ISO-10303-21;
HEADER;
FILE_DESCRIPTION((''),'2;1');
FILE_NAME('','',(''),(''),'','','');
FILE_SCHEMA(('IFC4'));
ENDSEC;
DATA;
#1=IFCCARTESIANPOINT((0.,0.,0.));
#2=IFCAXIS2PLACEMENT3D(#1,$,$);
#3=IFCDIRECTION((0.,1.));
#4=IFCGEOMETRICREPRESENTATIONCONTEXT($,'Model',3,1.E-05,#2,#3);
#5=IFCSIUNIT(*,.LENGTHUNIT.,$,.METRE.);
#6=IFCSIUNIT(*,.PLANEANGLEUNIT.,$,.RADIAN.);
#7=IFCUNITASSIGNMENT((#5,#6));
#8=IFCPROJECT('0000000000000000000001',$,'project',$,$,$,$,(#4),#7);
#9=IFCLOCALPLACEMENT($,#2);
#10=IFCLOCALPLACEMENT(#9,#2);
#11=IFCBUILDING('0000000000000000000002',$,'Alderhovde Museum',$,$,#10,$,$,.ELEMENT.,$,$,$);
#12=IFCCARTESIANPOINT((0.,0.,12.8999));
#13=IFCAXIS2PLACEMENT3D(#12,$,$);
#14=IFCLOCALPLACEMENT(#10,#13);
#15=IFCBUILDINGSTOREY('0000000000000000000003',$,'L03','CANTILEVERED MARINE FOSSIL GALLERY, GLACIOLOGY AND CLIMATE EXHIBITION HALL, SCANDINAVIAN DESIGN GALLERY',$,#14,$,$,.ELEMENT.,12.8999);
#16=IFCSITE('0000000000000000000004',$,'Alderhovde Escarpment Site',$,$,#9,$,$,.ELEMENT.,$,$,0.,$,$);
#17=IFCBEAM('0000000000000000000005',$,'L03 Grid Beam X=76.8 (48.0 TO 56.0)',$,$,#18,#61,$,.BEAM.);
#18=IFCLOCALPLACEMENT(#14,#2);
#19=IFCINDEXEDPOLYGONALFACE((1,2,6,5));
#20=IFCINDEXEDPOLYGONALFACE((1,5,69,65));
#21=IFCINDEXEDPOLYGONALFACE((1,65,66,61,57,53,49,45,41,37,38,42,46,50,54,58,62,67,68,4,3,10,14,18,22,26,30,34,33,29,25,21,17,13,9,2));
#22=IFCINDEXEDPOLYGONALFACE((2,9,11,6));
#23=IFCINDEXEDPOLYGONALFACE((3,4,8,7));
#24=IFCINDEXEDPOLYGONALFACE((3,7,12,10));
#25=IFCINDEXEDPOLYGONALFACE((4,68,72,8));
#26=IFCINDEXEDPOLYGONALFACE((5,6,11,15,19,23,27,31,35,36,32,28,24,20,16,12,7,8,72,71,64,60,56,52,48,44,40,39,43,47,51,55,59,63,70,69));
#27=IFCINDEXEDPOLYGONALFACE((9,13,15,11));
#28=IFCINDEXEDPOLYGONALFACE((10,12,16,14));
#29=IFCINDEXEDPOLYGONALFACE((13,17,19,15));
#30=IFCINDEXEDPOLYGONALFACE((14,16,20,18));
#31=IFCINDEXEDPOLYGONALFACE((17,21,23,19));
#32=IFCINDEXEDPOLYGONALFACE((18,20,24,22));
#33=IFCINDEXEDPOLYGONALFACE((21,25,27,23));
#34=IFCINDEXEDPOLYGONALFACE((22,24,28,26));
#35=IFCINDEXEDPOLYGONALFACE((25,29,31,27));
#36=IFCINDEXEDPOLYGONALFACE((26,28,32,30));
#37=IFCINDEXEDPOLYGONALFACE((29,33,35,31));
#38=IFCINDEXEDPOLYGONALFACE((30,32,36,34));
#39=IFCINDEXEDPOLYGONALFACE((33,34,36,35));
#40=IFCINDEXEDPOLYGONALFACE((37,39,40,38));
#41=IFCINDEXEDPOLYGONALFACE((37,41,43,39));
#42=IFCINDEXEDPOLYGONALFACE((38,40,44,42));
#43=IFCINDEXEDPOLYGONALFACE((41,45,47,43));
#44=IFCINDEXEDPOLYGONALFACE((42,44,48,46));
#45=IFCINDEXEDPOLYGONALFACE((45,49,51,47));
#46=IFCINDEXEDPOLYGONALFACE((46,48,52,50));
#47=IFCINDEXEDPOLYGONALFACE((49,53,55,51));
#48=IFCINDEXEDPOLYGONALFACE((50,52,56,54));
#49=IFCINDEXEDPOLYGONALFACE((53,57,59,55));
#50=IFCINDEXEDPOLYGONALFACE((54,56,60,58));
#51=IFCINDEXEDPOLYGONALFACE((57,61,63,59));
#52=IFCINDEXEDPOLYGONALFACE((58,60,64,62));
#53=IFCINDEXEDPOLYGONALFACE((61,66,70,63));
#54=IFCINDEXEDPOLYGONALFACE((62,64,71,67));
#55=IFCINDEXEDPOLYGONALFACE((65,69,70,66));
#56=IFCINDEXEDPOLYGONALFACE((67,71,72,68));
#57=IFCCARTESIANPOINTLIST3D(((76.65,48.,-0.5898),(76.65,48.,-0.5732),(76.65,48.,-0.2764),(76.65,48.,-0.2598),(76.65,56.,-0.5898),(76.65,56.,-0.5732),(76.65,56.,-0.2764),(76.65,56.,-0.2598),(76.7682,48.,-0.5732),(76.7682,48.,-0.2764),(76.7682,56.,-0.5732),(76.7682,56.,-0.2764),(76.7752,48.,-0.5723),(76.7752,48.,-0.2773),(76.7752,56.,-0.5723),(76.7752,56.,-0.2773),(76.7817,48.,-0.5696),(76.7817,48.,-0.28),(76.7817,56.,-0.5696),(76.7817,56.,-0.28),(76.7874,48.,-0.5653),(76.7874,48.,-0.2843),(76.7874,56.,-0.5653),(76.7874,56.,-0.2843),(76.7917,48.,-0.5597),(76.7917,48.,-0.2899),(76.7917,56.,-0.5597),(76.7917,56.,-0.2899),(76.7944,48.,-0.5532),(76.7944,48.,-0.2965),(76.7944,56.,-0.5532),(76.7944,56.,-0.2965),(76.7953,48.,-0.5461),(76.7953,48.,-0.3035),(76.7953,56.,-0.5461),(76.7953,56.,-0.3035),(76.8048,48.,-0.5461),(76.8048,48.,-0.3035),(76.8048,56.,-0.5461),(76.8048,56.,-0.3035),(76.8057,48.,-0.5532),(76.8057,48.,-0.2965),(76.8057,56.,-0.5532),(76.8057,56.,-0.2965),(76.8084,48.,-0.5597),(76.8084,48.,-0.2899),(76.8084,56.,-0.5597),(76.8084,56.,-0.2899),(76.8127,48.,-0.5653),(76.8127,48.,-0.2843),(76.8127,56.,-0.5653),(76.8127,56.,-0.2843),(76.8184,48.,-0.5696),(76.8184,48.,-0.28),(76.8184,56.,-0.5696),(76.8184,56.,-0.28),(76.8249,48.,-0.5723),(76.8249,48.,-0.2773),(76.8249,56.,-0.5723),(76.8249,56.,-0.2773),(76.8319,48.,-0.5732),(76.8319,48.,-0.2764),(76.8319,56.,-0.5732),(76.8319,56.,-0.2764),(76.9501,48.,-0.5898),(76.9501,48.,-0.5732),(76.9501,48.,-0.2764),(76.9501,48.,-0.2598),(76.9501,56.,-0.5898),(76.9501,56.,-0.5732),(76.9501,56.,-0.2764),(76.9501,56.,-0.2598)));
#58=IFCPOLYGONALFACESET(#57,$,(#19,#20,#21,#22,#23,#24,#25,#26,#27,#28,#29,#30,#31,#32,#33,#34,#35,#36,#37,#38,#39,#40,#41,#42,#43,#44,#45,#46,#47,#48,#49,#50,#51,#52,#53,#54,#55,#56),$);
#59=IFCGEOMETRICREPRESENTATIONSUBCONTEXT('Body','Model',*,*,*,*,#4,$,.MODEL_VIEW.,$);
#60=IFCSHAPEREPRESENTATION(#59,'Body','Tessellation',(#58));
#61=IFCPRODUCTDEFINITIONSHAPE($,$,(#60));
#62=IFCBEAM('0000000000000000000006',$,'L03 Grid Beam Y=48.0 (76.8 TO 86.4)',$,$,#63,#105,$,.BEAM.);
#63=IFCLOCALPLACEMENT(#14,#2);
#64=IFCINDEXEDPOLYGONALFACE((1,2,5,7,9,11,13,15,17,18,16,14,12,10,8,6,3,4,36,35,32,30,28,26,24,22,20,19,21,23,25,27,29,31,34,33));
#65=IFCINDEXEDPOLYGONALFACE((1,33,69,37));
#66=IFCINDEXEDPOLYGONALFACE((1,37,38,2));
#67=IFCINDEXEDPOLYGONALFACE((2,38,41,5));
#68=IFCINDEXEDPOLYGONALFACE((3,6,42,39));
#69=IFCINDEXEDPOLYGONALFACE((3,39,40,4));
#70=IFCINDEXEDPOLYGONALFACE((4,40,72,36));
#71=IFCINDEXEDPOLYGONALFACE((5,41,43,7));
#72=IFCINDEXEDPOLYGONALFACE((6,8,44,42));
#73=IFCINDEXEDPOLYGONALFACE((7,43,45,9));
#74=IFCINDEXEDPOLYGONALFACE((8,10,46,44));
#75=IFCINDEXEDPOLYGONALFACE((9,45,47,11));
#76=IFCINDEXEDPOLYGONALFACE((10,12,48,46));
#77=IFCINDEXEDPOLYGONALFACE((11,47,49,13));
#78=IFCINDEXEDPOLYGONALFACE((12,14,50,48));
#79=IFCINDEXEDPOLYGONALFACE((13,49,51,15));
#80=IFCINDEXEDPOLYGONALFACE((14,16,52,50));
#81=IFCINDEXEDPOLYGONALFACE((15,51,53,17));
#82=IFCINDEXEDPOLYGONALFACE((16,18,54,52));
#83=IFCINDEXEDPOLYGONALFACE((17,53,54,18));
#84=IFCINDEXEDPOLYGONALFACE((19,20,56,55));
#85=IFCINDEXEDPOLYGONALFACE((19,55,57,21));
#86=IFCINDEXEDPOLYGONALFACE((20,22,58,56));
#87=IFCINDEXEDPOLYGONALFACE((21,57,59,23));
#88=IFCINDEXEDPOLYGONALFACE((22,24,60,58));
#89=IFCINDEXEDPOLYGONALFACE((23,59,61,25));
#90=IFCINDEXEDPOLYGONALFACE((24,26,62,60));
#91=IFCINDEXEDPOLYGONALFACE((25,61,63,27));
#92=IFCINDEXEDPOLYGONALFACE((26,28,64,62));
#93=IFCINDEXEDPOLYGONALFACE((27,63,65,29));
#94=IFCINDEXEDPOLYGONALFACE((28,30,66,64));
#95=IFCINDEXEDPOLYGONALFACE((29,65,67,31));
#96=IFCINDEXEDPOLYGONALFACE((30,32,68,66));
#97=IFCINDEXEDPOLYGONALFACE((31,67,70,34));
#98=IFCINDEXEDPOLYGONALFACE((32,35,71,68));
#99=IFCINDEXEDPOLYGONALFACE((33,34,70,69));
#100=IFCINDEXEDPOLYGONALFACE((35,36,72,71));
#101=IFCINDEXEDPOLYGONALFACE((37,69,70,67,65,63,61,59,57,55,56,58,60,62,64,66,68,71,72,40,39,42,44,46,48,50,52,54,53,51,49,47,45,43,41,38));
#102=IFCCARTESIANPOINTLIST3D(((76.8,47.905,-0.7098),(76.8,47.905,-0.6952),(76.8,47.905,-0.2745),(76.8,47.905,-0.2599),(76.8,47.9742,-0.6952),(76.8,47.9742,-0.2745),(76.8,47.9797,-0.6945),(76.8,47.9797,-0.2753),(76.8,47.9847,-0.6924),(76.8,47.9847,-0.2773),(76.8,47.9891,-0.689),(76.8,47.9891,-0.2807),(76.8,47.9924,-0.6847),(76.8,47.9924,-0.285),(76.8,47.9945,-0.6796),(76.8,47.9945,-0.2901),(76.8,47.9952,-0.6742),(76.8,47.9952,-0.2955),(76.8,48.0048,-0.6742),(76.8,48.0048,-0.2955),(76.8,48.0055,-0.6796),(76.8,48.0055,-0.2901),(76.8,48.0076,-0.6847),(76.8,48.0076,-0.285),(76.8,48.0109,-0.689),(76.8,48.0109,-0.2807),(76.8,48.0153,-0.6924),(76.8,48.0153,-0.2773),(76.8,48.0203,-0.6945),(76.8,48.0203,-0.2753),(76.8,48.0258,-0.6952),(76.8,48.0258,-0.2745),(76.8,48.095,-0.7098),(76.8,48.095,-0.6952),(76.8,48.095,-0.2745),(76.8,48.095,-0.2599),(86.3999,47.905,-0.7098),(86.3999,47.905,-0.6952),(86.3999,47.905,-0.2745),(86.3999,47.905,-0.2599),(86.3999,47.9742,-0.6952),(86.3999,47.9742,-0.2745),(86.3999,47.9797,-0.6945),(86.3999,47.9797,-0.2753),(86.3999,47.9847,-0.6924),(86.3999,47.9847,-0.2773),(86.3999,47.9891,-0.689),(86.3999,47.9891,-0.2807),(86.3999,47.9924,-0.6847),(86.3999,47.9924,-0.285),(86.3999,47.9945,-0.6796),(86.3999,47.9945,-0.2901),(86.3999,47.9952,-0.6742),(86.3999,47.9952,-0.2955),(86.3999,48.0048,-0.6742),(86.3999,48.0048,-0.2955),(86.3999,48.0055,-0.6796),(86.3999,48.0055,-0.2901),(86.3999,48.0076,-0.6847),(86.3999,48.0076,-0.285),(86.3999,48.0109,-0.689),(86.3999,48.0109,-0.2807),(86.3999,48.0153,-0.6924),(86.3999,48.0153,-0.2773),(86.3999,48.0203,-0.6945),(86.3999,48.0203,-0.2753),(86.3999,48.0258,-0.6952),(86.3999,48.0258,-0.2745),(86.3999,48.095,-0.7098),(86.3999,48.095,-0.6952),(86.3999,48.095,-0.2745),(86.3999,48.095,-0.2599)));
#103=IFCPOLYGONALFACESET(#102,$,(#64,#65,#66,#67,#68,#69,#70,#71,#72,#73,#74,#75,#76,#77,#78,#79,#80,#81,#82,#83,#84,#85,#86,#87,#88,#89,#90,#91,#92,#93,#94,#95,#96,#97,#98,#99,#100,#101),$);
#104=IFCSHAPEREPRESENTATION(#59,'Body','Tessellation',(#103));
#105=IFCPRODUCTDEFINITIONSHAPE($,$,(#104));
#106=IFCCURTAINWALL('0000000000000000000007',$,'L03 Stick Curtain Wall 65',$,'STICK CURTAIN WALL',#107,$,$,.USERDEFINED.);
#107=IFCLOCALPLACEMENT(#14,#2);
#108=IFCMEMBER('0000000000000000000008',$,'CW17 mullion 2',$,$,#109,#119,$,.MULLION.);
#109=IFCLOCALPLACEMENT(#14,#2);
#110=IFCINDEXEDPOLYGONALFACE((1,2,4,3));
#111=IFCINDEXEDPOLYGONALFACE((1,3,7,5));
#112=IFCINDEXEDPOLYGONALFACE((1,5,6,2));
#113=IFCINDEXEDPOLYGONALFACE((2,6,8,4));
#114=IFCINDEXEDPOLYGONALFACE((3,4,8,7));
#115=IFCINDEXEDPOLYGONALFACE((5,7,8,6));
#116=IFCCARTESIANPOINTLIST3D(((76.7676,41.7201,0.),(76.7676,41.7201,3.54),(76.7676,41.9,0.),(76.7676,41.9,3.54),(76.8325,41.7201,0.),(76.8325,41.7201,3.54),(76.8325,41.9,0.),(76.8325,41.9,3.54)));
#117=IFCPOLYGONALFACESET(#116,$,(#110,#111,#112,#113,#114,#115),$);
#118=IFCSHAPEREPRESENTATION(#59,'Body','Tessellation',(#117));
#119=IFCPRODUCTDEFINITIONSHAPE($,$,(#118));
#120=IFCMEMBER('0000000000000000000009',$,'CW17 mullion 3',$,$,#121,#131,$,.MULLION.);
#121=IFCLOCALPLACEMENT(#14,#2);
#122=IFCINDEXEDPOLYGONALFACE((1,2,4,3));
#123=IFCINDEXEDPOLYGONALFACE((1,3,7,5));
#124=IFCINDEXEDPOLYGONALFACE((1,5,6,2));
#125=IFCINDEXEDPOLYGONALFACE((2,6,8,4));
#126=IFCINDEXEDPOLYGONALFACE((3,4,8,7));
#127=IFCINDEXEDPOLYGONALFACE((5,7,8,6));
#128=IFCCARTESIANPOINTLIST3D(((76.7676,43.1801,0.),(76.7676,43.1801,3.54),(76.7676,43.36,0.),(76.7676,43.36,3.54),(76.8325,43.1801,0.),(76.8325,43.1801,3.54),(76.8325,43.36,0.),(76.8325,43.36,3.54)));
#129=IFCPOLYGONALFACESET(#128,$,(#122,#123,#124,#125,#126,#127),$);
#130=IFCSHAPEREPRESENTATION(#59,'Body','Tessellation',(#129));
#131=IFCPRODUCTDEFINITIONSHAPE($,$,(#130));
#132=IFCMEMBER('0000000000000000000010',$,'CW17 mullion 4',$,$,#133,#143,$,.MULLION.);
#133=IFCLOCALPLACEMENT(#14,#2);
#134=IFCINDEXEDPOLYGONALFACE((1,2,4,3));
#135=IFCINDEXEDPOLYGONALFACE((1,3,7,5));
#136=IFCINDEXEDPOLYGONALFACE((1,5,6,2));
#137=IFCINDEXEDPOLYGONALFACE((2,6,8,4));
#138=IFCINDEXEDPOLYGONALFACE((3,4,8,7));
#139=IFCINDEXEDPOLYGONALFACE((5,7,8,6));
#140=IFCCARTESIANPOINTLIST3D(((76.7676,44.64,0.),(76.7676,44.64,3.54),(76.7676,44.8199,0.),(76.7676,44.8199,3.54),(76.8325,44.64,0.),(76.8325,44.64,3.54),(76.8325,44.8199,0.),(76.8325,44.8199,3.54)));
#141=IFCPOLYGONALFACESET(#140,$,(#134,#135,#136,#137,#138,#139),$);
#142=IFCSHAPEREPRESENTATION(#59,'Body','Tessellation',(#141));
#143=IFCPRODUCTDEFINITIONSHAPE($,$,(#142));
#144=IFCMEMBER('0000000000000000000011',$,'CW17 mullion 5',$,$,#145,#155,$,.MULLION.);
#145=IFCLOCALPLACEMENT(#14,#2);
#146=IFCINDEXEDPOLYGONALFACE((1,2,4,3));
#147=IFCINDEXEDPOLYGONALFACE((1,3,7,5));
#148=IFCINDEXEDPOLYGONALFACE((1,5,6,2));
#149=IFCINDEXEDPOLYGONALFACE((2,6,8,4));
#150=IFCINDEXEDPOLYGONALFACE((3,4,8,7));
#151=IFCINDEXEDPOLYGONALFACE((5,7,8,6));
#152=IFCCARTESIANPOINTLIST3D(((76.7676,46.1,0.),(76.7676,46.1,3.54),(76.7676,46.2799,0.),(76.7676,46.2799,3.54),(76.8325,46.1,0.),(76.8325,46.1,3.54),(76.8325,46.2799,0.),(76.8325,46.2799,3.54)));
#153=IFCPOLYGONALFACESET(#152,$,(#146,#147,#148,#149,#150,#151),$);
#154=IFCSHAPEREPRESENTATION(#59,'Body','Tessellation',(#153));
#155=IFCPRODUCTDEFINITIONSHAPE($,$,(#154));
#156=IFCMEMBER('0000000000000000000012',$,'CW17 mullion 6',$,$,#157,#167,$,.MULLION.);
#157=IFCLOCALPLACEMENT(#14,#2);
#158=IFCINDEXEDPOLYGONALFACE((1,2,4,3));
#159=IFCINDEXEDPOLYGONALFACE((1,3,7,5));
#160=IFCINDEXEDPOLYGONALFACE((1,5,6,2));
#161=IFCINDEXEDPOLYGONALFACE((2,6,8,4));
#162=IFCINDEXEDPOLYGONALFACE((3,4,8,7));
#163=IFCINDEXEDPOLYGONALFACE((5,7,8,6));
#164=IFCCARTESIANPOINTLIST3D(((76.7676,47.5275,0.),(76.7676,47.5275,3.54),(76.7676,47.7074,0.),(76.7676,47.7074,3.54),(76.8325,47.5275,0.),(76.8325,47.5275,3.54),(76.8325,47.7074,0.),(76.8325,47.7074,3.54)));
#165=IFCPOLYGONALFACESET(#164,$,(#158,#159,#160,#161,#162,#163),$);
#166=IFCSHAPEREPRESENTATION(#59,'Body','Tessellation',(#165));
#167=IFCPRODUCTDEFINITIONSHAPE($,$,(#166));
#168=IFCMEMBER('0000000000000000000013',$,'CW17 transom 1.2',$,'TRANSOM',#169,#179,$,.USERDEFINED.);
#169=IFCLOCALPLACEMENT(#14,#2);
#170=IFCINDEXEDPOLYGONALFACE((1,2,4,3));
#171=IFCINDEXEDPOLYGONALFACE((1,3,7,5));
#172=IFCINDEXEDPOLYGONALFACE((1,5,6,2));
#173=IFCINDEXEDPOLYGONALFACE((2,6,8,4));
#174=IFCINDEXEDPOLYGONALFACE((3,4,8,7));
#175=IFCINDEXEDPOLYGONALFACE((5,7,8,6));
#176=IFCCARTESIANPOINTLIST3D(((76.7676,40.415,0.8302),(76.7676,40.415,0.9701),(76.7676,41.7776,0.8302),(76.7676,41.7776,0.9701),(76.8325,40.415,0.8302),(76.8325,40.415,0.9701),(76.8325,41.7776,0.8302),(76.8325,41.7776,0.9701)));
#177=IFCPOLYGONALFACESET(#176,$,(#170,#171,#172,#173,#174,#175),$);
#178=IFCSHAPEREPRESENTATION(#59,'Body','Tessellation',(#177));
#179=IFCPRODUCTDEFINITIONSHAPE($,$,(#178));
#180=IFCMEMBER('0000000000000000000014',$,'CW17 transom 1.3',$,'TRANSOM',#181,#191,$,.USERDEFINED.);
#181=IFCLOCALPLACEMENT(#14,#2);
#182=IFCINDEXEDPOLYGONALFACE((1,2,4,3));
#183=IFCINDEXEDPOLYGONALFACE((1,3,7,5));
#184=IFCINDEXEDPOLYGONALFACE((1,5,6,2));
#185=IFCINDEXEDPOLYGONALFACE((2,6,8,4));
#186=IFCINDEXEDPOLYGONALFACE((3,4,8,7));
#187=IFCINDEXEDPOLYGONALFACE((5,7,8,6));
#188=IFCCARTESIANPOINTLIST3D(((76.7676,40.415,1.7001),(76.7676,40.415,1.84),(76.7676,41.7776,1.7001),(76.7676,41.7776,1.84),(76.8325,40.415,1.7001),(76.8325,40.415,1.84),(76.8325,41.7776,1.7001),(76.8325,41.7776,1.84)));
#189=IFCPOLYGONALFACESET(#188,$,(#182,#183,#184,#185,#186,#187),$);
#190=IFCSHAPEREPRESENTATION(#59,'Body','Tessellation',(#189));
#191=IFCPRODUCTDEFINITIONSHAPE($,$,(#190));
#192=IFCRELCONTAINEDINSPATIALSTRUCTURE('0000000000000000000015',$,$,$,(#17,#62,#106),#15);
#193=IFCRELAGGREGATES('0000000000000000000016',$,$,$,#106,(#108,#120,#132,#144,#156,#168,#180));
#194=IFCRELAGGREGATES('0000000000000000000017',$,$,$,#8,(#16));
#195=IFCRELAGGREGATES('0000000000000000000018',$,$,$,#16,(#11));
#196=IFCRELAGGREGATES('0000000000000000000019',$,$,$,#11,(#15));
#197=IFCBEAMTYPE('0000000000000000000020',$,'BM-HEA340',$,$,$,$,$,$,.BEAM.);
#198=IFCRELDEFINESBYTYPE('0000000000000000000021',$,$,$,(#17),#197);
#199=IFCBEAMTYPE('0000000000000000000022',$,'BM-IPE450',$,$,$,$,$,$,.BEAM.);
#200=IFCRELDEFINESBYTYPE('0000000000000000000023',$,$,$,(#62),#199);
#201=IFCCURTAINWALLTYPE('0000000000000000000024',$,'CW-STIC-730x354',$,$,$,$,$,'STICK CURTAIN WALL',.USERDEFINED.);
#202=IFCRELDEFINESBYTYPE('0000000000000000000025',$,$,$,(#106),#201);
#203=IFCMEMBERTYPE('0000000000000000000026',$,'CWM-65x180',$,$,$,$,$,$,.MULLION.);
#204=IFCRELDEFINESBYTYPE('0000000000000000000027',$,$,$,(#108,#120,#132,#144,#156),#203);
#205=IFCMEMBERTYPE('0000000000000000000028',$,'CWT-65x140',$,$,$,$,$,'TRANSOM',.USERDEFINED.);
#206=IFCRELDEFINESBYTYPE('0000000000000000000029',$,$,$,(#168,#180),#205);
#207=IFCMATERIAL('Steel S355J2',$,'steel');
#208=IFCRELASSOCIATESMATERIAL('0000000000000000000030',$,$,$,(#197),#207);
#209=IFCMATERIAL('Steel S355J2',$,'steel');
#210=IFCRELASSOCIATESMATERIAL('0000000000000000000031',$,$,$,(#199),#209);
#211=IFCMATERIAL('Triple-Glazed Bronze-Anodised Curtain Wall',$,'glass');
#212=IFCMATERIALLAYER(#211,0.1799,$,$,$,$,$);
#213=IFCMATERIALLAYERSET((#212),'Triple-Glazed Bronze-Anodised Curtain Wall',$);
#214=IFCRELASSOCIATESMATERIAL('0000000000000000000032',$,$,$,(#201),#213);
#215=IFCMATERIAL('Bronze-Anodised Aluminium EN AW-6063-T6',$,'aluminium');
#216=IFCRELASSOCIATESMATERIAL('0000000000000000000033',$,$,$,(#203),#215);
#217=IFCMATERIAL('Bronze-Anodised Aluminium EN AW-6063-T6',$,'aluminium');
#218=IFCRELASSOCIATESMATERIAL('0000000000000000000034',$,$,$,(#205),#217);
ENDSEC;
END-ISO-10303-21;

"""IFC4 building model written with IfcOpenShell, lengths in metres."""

from ifc_helpers import new_model, si_unit, direction, frame, origin, origin_2d, place, context, subcontext, project, spatial, rectangle, i_section, extrude, material, layer, layer_set, material_profile, profile_set, type_object, element, aggregate, save


model = new_model("IFC4")

# Units and contexts
model_context = context("Model", 3, precision=1e-05, world=origin(), true_north=direction((0.0, 1.0)))
body_context = subcontext(model_context, "Body", "Model", "MODEL_VIEW")
ifc_project = project(units=[si_unit("LENGTHUNIT", "METRE"), si_unit("PLANEANGLEUNIT", "RADIAN")], contexts=[model_context])

# Site, building, storey
site_placement = place(None, origin())
site = spatial("IfcSite", under=ifc_project, at=site_placement, Name="Alderhovde Escarpment Site", CompositionType="ELEMENT", RefElevation=0.0)
building_placement = place(site_placement, origin())
building = spatial("IfcBuilding", under=site, at=building_placement, Name="Alderhovde Museum", CompositionType="ELEMENT")
storey_placement = place(building_placement, frame((0.0, 0.0, 12.8999)))
storey = spatial("IfcBuildingStorey", under=building, at=storey_placement, Name="L03", Description="CANTILEVERED MARINE FOSSIL GALLERY, GLACIOLOGY AND CLIMATE EXHIBITION HALL, SCANDINAVIAN DESIGN GALLERY", CompositionType="ELEMENT", Elevation=12.8999)

# Beams
ifc_material_1 = material(Name="Steel S355J2", Category="steel")
ifc_material_profile_1 = material_profile(ifc_material_1, i_section(OverallWidth=0.3, OverallDepth=0.3301, WebThickness=0.0095, FlangeThickness=0.0166, FilletRadius=0.0271, at=origin_2d()), Name="HEA 340")
ifc_profile_set_1 = profile_set([ifc_material_profile_1], Name="Steel S355J2")
beam_type_1 = type_object("IfcBeamType", Name="BM-HEA340", PredefinedType="BEAM", material=ifc_profile_set_1)
beam_1_placement = place(storey_placement, frame((76.8, 48.0, -0.4248), z_axis=(0.0, 1.0, 0.0), x_axis=(-1.0, 0.0, 0.0)))
element("IfcBeam", 1, at=beam_1_placement, inside=storey, type_object=beam_type_1, Name="L03 Grid Beam X=76.8 (48.0 TO 56.0)", PredefinedType="BEAM", context=body_context, shape_type="SweptSolid", body=[
    extrude(i_section(OverallWidth=0.3, OverallDepth=0.3301, WebThickness=0.0095, FlangeThickness=0.0166, FilletRadius=0.0271, at=origin_2d()), origin(), (0.0, 0.0, 1.0), 8.0),
])
ifc_material_2 = material(Name="Steel S355J2", Category="steel")
ifc_material_profile_2 = material_profile(ifc_material_2, i_section(OverallWidth=0.1899, OverallDepth=0.45, WebThickness=0.0095, FlangeThickness=0.0146, FilletRadius=0.021, at=origin_2d()), Name="IPE 450")
ifc_profile_set_2 = profile_set([ifc_material_profile_2], Name="Steel S355J2")
beam_type_2 = type_object("IfcBeamType", Name="BM-IPE450", PredefinedType="BEAM", material=ifc_profile_set_2)
beam_2_placement = place(storey_placement, frame((76.8, 48.0, -0.4849), z_axis=(1.0, 0.0, 0.0), x_axis=(0.0, 1.0, 0.0)))
element("IfcBeam", 2, at=beam_2_placement, inside=storey, type_object=beam_type_2, Name="L03 Grid Beam Y=48.0 (76.8 TO 86.4)", PredefinedType="BEAM", context=body_context, shape_type="SweptSolid", body=[
    extrude(i_section(OverallWidth=0.1899, OverallDepth=0.45, WebThickness=0.0095, FlangeThickness=0.0146, FilletRadius=0.021, at=origin_2d()), origin(), (0.0, 0.0, 1.0), 9.5999),
])

# Curtain wall, members
ifc_material_3 = material(Name="Triple-Glazed Bronze-Anodised Curtain Wall", Category="glass")
ifc_layer_1 = layer(ifc_material_3, 0.1799)
ifc_layer_set_1 = layer_set([ifc_layer_1], Name="Triple-Glazed Bronze-Anodised Curtain Wall")
curtain_wall_type = type_object("IfcCurtainWallType", Name="CW-STIC-730x354", ElementType="STICK CURTAIN WALL", PredefinedType="USERDEFINED", material=ifc_layer_set_1)
curtain_wall_placement = place(storey_placement, origin())
curtain_wall = element("IfcCurtainWall", 3, at=curtain_wall_placement, inside=storey, type_object=curtain_wall_type, Name="L03 Stick Curtain Wall 65", ObjectType="STICK CURTAIN WALL", PredefinedType="USERDEFINED")
ifc_material_4 = material(Name="Bronze-Anodised Aluminium EN AW-6063-T6", Category="aluminium")
ifc_material_profile_3 = material_profile(ifc_material_4, rectangle(XDim=0.0649, YDim=0.1799, at=origin_2d()), Name="MULLION 65x180")
ifc_profile_set_3 = profile_set([ifc_material_profile_3], Name="Bronze-Anodised Aluminium EN AW-6063-T6")
member_type_1 = type_object("IfcMemberType", Name="CWM-65x180", PredefinedType="MULLION", material=ifc_profile_set_3)
member_1_placement = place(storey_placement, frame((76.8, 41.8101, 0.0), z_axis=(0.0, 0.0, 1.0), x_axis=(-1.0, 0.0, 0.0)))
member_1 = element("IfcMember", 4, at=member_1_placement, type_object=member_type_1, Name="CW17 mullion 2", PredefinedType="MULLION", context=body_context, shape_type="SweptSolid", body=[
    extrude(rectangle(XDim=0.0649, YDim=0.1799, at=origin_2d()), origin(), (0.0, 0.0, 1.0), 3.54),
])
member_2_placement = place(storey_placement, frame((76.8, 43.27, 0.0), z_axis=(0.0, 0.0, 1.0), x_axis=(-1.0, 0.0, 0.0)))
member_2 = element("IfcMember", 5, at=member_2_placement, type_object=member_type_1, Name="CW17 mullion 3", PredefinedType="MULLION", context=body_context, shape_type="SweptSolid", body=[
    extrude(rectangle(XDim=0.0649, YDim=0.1799, at=origin_2d()), origin(), (0.0, 0.0, 1.0), 3.54),
])
member_3_placement = place(storey_placement, frame((76.8, 44.73, 0.0), z_axis=(0.0, 0.0, 1.0), x_axis=(-1.0, 0.0, 0.0)))
member_3 = element("IfcMember", 6, at=member_3_placement, type_object=member_type_1, Name="CW17 mullion 4", PredefinedType="MULLION", context=body_context, shape_type="SweptSolid", body=[
    extrude(rectangle(XDim=0.0649, YDim=0.1799, at=origin_2d()), origin(), (0.0, 0.0, 1.0), 3.54),
])
member_4_placement = place(storey_placement, frame((76.8, 46.1899, 0.0), z_axis=(0.0, 0.0, 1.0), x_axis=(-1.0, 0.0, 0.0)))
member_4 = element("IfcMember", 7, at=member_4_placement, type_object=member_type_1, Name="CW17 mullion 5", PredefinedType="MULLION", context=body_context, shape_type="SweptSolid", body=[
    extrude(rectangle(XDim=0.0649, YDim=0.1799, at=origin_2d()), origin(), (0.0, 0.0, 1.0), 3.54),
])
member_5_placement = place(storey_placement, frame((76.8, 47.6174, 0.0), z_axis=(0.0, 0.0, 1.0), x_axis=(-1.0, 0.0, 0.0)))
member_5 = element("IfcMember", 8, at=member_5_placement, type_object=member_type_1, Name="CW17 mullion 6", PredefinedType="MULLION", context=body_context, shape_type="SweptSolid", body=[
    extrude(rectangle(XDim=0.0649, YDim=0.1799, at=origin_2d()), origin(), (0.0, 0.0, 1.0), 3.54),
])
ifc_material_5 = material(Name="Bronze-Anodised Aluminium EN AW-6063-T6", Category="aluminium")
ifc_material_profile_4 = material_profile(ifc_material_5, rectangle(XDim=0.0649, YDim=0.1399, at=origin_2d()), Name="TRANSOM 65x140")
ifc_profile_set_4 = profile_set([ifc_material_profile_4], Name="Bronze-Anodised Aluminium EN AW-6063-T6")
member_type_2 = type_object("IfcMemberType", Name="CWT-65x140", ElementType="TRANSOM", PredefinedType="USERDEFINED", material=ifc_profile_set_4)
member_6_placement = place(storey_placement, frame((76.8, 40.415, 0.9001), z_axis=(0.0, 1.0, 0.0), x_axis=(-1.0, 0.0, 0.0)))
member_6 = element("IfcMember", 9, at=member_6_placement, type_object=member_type_2, Name="CW17 transom 1.2", ObjectType="TRANSOM", PredefinedType="USERDEFINED", context=body_context, shape_type="SweptSolid", body=[
    extrude(rectangle(XDim=0.0649, YDim=0.1399, at=origin_2d()), origin(), (0.0, 0.0, 1.0), 1.3625),
])
member_7_placement = place(storey_placement, frame((76.8, 40.415, 1.77), z_axis=(0.0, 1.0, 0.0), x_axis=(-1.0, 0.0, 0.0)))
member_7 = element("IfcMember", 10, at=member_7_placement, type_object=member_type_2, Name="CW17 transom 1.3", ObjectType="TRANSOM", PredefinedType="USERDEFINED", context=body_context, shape_type="SweptSolid", body=[
    extrude(rectangle(XDim=0.0649, YDim=0.1399, at=origin_2d()), origin(), (0.0, 0.0, 1.0), 1.3625),
])
aggregate(curtain_wall, [member_1, member_2, member_3, member_4, member_5, member_6, member_7])

save(model, "model.ifc")
